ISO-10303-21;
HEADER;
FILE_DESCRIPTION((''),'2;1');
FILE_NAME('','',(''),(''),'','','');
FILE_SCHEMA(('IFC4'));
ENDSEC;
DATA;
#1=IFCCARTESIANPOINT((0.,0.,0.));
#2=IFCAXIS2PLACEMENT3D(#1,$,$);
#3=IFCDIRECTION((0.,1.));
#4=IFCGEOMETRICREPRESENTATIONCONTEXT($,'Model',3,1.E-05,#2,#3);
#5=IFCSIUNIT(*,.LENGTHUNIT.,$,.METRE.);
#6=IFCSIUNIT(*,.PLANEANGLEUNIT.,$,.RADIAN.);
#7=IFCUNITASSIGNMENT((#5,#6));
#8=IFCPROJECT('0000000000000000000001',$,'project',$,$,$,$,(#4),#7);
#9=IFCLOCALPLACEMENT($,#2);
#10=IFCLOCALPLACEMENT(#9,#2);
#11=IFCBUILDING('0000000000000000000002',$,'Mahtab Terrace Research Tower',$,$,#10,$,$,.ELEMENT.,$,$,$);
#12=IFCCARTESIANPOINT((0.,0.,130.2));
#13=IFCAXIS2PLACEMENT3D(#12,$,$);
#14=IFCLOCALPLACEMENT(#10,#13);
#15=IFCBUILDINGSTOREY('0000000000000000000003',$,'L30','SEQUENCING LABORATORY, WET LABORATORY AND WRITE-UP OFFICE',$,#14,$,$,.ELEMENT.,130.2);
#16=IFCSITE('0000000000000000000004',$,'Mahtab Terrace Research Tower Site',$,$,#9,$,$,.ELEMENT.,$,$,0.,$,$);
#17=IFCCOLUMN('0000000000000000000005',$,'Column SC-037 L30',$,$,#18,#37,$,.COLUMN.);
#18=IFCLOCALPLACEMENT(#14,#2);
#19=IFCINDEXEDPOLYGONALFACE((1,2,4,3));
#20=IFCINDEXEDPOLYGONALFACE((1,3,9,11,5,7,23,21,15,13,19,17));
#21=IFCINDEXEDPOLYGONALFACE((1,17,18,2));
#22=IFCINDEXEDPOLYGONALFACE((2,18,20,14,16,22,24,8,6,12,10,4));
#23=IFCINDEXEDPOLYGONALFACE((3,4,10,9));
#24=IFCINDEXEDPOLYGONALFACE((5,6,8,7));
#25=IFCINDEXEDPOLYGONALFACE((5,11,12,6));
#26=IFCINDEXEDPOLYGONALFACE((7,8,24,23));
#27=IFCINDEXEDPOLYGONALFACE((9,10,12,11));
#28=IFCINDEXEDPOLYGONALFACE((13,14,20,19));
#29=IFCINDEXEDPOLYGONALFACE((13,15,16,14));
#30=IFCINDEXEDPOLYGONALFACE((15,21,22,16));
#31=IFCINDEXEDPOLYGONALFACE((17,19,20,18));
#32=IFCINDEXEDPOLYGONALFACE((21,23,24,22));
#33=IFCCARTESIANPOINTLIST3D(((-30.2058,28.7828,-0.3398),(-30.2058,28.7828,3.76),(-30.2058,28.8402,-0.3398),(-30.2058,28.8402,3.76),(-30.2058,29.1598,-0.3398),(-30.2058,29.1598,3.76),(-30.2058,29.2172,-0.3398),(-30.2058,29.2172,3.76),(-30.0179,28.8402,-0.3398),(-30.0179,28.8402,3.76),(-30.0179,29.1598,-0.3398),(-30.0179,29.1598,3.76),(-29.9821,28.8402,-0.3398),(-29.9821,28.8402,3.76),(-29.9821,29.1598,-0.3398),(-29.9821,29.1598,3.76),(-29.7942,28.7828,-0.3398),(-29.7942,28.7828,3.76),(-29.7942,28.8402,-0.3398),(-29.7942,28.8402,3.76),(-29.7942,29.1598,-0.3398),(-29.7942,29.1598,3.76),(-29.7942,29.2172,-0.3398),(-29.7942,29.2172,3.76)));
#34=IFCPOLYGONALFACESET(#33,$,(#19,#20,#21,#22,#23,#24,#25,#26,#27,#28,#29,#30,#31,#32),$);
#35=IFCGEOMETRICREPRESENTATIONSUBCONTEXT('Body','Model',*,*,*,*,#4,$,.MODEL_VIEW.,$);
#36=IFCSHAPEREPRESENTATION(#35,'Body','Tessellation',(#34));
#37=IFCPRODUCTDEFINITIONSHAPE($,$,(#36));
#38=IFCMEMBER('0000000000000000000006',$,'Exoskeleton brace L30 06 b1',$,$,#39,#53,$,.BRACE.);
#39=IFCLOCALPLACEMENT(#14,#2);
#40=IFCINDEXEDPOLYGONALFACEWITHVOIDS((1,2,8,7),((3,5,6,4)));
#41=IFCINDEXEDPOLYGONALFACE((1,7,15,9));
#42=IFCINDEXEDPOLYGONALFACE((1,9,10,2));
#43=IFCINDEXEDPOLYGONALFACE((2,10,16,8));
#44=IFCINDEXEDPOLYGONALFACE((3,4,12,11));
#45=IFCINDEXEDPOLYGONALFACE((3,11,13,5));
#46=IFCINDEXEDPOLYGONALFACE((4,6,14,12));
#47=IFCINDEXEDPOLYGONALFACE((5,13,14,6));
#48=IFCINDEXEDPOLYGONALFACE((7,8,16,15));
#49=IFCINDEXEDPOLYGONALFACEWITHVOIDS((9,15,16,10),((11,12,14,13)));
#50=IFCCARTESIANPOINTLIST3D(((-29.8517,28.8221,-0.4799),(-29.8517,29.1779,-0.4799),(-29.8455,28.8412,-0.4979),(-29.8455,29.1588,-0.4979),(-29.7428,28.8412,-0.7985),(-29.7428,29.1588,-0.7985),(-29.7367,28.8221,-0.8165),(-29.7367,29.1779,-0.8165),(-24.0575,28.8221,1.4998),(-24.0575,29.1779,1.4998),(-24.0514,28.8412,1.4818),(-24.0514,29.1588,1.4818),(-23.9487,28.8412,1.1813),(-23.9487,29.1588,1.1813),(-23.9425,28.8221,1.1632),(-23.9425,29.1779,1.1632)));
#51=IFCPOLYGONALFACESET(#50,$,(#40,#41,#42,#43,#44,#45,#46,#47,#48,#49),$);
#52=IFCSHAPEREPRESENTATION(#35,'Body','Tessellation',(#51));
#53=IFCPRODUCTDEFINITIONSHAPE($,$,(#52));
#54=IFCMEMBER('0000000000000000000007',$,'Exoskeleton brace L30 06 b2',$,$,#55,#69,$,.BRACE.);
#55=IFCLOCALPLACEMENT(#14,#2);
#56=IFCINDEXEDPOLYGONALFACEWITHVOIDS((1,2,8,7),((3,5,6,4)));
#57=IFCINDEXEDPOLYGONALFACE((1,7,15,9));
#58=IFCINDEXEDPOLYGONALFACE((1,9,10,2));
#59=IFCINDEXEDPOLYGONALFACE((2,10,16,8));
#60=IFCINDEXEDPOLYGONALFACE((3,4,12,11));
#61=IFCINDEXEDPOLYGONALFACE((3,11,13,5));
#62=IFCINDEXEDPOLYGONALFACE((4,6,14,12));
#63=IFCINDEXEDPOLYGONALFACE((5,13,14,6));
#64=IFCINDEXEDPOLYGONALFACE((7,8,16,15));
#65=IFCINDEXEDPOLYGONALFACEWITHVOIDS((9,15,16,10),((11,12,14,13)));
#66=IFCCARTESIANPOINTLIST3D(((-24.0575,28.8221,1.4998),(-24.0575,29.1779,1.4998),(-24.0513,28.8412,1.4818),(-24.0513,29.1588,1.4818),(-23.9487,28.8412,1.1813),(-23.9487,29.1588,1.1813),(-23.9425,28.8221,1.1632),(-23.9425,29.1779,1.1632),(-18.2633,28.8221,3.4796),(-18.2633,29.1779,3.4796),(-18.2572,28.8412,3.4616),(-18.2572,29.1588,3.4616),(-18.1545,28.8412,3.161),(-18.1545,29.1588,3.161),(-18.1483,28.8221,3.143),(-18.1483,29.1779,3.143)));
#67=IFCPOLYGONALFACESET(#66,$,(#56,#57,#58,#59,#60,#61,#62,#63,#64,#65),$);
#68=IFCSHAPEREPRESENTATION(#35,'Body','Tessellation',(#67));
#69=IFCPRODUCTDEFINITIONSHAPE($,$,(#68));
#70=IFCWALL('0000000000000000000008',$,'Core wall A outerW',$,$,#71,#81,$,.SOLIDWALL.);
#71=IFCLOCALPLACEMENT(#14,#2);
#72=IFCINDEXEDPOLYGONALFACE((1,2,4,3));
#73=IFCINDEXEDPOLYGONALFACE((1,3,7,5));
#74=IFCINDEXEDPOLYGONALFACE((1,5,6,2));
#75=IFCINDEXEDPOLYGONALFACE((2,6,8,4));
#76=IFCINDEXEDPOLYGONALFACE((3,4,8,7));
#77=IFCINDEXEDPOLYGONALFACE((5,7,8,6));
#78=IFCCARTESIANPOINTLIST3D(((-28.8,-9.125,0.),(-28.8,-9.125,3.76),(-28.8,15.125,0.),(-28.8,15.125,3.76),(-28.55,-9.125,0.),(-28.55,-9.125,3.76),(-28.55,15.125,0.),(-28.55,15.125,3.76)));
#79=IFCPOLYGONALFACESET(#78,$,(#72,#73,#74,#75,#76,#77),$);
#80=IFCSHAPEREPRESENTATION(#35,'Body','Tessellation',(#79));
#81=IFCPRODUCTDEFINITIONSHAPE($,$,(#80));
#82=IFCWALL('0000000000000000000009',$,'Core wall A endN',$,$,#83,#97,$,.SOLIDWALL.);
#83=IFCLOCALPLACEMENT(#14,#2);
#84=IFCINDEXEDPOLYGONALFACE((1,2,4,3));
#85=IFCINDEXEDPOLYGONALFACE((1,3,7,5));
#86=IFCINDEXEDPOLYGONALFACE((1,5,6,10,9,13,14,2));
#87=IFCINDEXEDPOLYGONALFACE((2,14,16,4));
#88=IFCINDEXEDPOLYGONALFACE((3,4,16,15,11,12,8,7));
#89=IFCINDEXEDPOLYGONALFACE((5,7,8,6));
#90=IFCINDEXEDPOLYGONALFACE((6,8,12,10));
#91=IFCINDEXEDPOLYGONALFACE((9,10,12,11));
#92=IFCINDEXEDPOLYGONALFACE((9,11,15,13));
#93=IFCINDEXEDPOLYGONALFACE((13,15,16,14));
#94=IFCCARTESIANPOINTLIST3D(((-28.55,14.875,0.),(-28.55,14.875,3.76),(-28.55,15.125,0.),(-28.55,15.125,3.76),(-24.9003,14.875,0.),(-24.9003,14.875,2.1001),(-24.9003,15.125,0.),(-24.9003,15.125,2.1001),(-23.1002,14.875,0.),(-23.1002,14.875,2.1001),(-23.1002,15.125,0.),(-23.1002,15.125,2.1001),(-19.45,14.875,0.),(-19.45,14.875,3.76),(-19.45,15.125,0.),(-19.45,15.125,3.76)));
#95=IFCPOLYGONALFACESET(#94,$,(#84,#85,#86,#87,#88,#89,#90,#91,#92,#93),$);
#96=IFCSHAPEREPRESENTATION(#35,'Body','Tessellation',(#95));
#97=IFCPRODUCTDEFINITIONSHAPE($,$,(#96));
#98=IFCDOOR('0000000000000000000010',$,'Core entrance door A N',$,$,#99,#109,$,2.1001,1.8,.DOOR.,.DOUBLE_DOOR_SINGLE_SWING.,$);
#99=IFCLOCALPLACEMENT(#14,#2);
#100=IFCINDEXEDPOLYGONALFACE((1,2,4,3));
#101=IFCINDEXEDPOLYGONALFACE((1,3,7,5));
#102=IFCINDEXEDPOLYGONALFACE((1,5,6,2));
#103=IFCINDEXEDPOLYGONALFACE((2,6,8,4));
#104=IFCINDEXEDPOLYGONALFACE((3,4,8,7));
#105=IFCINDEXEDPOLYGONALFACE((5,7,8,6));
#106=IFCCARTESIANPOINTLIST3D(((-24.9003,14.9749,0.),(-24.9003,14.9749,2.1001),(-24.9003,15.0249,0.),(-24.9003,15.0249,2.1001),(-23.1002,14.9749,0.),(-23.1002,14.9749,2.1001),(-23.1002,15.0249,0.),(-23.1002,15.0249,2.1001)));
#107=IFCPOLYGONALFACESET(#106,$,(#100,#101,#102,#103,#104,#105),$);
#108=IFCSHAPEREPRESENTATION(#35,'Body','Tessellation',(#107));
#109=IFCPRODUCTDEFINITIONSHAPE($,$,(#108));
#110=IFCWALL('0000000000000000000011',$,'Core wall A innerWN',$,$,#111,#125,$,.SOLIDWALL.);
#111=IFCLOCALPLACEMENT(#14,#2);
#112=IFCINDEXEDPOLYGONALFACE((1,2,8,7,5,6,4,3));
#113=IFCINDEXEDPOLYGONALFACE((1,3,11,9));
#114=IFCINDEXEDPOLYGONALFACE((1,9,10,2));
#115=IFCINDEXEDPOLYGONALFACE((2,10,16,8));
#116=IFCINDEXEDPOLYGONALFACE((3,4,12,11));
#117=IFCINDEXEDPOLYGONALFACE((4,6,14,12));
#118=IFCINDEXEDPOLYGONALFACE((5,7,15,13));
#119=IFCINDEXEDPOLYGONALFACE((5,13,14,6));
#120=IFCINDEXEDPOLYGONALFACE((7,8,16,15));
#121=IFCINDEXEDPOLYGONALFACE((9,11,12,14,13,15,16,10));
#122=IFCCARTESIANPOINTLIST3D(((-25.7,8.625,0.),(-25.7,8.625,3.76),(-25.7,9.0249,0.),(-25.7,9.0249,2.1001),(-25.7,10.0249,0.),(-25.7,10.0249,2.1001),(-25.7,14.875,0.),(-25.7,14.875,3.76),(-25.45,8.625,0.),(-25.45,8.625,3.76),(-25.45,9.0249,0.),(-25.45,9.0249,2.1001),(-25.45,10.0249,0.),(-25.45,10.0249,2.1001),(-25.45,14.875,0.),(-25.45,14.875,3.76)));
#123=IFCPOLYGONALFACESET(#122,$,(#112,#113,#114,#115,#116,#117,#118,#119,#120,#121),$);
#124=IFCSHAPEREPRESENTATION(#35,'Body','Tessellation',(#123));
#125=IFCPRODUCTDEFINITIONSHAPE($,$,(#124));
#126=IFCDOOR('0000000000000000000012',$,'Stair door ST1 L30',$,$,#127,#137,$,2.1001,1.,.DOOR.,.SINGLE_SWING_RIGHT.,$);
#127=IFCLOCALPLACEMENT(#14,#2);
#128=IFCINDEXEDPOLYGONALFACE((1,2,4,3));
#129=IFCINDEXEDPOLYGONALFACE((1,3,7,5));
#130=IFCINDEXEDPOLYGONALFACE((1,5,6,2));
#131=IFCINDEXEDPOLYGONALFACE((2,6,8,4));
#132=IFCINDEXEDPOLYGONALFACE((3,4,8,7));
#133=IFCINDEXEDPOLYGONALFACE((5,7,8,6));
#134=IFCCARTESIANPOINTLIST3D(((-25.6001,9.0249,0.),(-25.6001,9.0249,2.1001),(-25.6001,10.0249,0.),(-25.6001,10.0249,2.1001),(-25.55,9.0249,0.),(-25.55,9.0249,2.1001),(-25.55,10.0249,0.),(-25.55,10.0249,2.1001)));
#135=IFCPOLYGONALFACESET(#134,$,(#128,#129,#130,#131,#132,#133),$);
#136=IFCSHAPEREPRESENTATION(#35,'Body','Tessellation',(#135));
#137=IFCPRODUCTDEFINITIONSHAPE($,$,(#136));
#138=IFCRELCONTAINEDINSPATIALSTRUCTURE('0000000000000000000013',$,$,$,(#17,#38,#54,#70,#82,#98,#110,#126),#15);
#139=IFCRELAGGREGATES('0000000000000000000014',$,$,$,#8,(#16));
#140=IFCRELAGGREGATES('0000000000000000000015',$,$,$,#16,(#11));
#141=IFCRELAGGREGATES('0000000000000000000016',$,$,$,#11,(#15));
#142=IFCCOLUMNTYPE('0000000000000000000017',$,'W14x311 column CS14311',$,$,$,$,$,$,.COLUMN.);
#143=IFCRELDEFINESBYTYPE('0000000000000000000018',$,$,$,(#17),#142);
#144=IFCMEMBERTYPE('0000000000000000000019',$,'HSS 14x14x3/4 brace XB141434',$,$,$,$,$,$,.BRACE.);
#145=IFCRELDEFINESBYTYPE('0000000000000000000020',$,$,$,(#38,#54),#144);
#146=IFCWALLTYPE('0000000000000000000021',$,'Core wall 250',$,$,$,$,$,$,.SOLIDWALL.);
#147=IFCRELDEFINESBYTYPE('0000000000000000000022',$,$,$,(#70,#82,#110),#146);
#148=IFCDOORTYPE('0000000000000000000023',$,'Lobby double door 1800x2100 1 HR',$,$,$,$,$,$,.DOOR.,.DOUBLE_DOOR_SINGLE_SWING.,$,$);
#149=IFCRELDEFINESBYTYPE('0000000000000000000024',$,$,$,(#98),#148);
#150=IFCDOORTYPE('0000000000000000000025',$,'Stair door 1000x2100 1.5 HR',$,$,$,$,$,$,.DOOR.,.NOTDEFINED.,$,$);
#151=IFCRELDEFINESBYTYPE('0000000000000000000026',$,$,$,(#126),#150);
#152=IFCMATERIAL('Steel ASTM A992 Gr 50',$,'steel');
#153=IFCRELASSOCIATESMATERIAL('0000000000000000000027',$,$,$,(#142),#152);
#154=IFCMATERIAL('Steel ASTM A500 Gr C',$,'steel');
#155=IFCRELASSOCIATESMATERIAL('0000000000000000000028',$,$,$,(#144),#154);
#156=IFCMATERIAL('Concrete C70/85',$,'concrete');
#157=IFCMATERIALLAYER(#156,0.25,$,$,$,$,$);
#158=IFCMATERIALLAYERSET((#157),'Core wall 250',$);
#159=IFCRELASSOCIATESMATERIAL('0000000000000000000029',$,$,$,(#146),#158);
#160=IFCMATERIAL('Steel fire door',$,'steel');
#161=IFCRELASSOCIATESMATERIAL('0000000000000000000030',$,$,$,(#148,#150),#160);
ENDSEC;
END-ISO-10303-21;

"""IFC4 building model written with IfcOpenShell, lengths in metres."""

from ifc_helpers import new_model, si_unit, direction, frame, frame_2d, origin, origin_2d, place, context, subcontext, project, spatial, rectangle, hollow_rectangle, i_section, extrude, material, layer, layer_set, material_profile, profile_set, type_object, element, fill, save


model = new_model("IFC4")

# Units and contexts
model_context = context("Model", 3, precision=1e-05, world=origin(), true_north=direction((0.0, 1.0)))
body_context = subcontext(model_context, "Body", "Model", "MODEL_VIEW")
ifc_project = project(units=[si_unit("LENGTHUNIT", "METRE"), si_unit("PLANEANGLEUNIT", "RADIAN")], contexts=[model_context])

# Site, building, storey
site_placement = place(None, origin())
site = spatial("IfcSite", under=ifc_project, at=site_placement, Name="Mahtab Terrace Research Tower Site", CompositionType="ELEMENT", RefElevation=0.0)
building_placement = place(site_placement, origin())
building = spatial("IfcBuilding", under=site, at=building_placement, Name="Mahtab Terrace Research Tower", CompositionType="ELEMENT")
storey_placement = place(building_placement, frame((0.0, 0.0, 130.2)))
storey = spatial("IfcBuildingStorey", under=building, at=storey_placement, Name="L30", Description="SEQUENCING LABORATORY, WET LABORATORY AND WRITE-UP OFFICE", CompositionType="ELEMENT", Elevation=130.2)

# Column
ifc_material_1 = material(Name="Steel ASTM A992 Gr 50", Category="steel")
ifc_material_profile_1 = material_profile(ifc_material_1, i_section(OverallWidth=0.4116, OverallDepth=0.4343, WebThickness=0.0359, FlangeThickness=0.0574, at=origin_2d()), Name="W14X311")
ifc_profile_set_1 = profile_set([ifc_material_profile_1], Name="Steel ASTM A992 Gr 50")
column_type = type_object("IfcColumnType", Name="W14x311 column CS14311", PredefinedType="COLUMN", material=ifc_profile_set_1)
column_placement = place(storey_placement, frame((-30.0, 29.0, -0.3398), z_axis=(0.0, 0.0, 1.0), x_axis=(1.0, 0.0, 0.0)))
element("IfcColumn", 1, at=column_placement, inside=storey, type_object=column_type, Name="Column SC-037 L30", PredefinedType="COLUMN", context=body_context, shape_type="SweptSolid", body=[
    extrude(i_section(OverallWidth=0.4116, OverallDepth=0.4343, WebThickness=0.0359, FlangeThickness=0.0574, at=origin_2d()), origin(), (0.0, 0.0, 1.0), 4.0999),
])

# Members
ifc_material_2 = material(Name="Steel ASTM A500 Gr C", Category="steel")
ifc_material_profile_2 = material_profile(ifc_material_2, hollow_rectangle(XDim=0.3557, YDim=0.3557, WallThickness=0.019, at=origin_2d()), Name="HSS14X14X3/4")
ifc_profile_set_2 = profile_set([ifc_material_profile_2], Name="Steel ASTM A500 Gr C")
member_type = type_object("IfcMemberType", Name="HSS 14x14x3/4 brace XB141434", PredefinedType="BRACE", material=ifc_profile_set_2)
for number, where, z_axis, x_axis, name in (
    (2, (-29.7942, 29.0, -0.6482), (0.946288, 0.0, 0.323324), (0.0, 1.0, 0.0), "Exoskeleton brace L30 06 b1"),
    (3, (-24.0, 29.0, 1.3315), (0.946288, 0.0, 0.323324), (0.0, 1.0, 0.0), "Exoskeleton brace L30 06 b2"),
):
    element("IfcMember", number, at=place(storey_placement, frame(where, z_axis=z_axis, x_axis=x_axis)), inside=storey, type_object=member_type, Name=name, PredefinedType="BRACE", context=body_context, shape_type="SweptSolid", body=[
        extrude(hollow_rectangle(XDim=0.3557, YDim=0.3557, WallThickness=0.019, at=origin_2d()), origin(), (0.0, 0.0, 1.0), 6.123),
    ])

# Wall
ifc_material_3 = material(Name="Concrete C70/85", Category="concrete")
ifc_layer_1 = layer(ifc_material_3, 0.25)
ifc_layer_set_1 = layer_set([ifc_layer_1], Name="Core wall 250")
wall_type_1 = type_object("IfcWallType", Name="Core wall 250", PredefinedType="SOLIDWALL", material=ifc_layer_set_1)
wall_1_placement = place(storey_placement, frame((-28.675, 15.125, 0.0), z_axis=(0.0, 0.0, 1.0), x_axis=(0.0, -1.0, 0.0)))
element("IfcWall", 4, at=wall_1_placement, inside=storey, type_object=wall_type_1, Name="Core wall A outerW", PredefinedType="SOLIDWALL", context=body_context, shape_type="SweptSolid", body=[
    extrude(rectangle(XDim=24.25, YDim=0.25, at=frame_2d((12.125, 0.0))), origin(), (0.0, 0.0, 1.0), 3.76),
])

# Walls, openings, doors
wall_2_placement = place(storey_placement, frame((-28.55, 15.0, 0.0), z_axis=(0.0, 0.0, 1.0), x_axis=(1.0, 0.0, 0.0)))
wall_2 = element("IfcWall", 5, at=wall_2_placement, inside=storey, type_object=wall_type_1, Name="Core wall A endN", PredefinedType="SOLIDWALL", context=body_context, shape_type="SweptSolid", body=[
    extrude(rectangle(XDim=9.1001, YDim=0.25, at=frame_2d((4.55, 0.0))), origin(), (0.0, 0.0, 1.0), 3.76),
])
opening_1_placement = place(wall_2_placement, frame((3.6499, 0.0, 0.0)))
opening_1 = element("IfcOpeningElement", 6, at=opening_1_placement, cuts=wall_2, PredefinedType="OPENING", context=body_context, shape_type="SweptSolid", body=[
    extrude(rectangle(XDim=1.8, YDim=2.1001, at=frame_2d((0.8999, 1.05))), frame((0.0, 0.135, 0.0), z_axis=(0.0, -1.0, 0.0), x_axis=(1.0, 0.0, 0.0)), (0.0, 0.0, 1.0), 0.27),
])
ifc_material_4 = material(Name="Steel fire door", Category="steel")
door_type_1 = type_object("IfcDoorType", Name="Lobby double door 1800x2100 1 HR", OperationType="DOUBLE_DOOR_SINGLE_SWING", PredefinedType="DOOR", material=ifc_material_4)
door_1_placement = place(opening_1_placement, origin())
door_1 = element("IfcDoor", 7, at=door_1_placement, inside=storey, type_object=door_type_1, Name="Core entrance door A N", OperationType="DOUBLE_DOOR_SINGLE_SWING", OverallHeight=2.1001, OverallWidth=1.8, PredefinedType="DOOR", context=body_context, shape_type="SweptSolid", body=[
    extrude(rectangle(XDim=1.8, YDim=2.1001, at=frame_2d((0.8999, 1.05))), frame((0.0, 0.0249, 0.0), z_axis=(0.0, -1.0, 0.0), x_axis=(1.0, 0.0, 0.0)), (0.0, 0.0, 1.0), 0.05),
])
fill(opening_1, door_1)
wall_3_placement = place(storey_placement, frame((-25.575, 14.875, 0.0), z_axis=(0.0, 0.0, 1.0), x_axis=(0.0, -1.0, 0.0)))
wall_3 = element("IfcWall", 8, at=wall_3_placement, inside=storey, type_object=wall_type_1, Name="Core wall A innerWN", PredefinedType="SOLIDWALL", context=body_context, shape_type="SweptSolid", body=[
    extrude(rectangle(XDim=6.25, YDim=0.25, at=frame_2d((3.125, 0.0))), origin(), (0.0, 0.0, 1.0), 3.76),
])
opening_2_placement = place(wall_3_placement, frame((4.8501, 0.0, 0.0)))
opening_2 = element("IfcOpeningElement", 9, at=opening_2_placement, cuts=wall_3, PredefinedType="OPENING", context=body_context, shape_type="SweptSolid", body=[
    extrude(rectangle(XDim=1.0, YDim=2.1001, at=frame_2d((0.5, 1.05))), frame((0.0, 0.135, 0.0), z_axis=(0.0, -1.0, 0.0), x_axis=(1.0, 0.0, 0.0)), (0.0, 0.0, 1.0), 0.27),
])
door_type_2 = type_object("IfcDoorType", Name="Stair door 1000x2100 1.5 HR", OperationType="NOTDEFINED", PredefinedType="DOOR", material=ifc_material_4)
door_2_placement = place(opening_2_placement, origin())
door_2 = element("IfcDoor", 10, at=door_2_placement, inside=storey, type_object=door_type_2, Name="Stair door ST1 L30", OperationType="SINGLE_SWING_RIGHT", OverallHeight=2.1001, OverallWidth=1.0, PredefinedType="DOOR", context=body_context, shape_type="SweptSolid", body=[
    extrude(rectangle(XDim=1.0, YDim=2.1001, at=frame_2d((0.5, 1.05))), frame((0.0, 0.0249, 0.0), z_axis=(0.0, -1.0, 0.0), x_axis=(1.0, 0.0, 0.0)), (0.0, 0.0, 1.0), 0.05),
])
fill(opening_2, door_2)

save(model, "model.ifc")
